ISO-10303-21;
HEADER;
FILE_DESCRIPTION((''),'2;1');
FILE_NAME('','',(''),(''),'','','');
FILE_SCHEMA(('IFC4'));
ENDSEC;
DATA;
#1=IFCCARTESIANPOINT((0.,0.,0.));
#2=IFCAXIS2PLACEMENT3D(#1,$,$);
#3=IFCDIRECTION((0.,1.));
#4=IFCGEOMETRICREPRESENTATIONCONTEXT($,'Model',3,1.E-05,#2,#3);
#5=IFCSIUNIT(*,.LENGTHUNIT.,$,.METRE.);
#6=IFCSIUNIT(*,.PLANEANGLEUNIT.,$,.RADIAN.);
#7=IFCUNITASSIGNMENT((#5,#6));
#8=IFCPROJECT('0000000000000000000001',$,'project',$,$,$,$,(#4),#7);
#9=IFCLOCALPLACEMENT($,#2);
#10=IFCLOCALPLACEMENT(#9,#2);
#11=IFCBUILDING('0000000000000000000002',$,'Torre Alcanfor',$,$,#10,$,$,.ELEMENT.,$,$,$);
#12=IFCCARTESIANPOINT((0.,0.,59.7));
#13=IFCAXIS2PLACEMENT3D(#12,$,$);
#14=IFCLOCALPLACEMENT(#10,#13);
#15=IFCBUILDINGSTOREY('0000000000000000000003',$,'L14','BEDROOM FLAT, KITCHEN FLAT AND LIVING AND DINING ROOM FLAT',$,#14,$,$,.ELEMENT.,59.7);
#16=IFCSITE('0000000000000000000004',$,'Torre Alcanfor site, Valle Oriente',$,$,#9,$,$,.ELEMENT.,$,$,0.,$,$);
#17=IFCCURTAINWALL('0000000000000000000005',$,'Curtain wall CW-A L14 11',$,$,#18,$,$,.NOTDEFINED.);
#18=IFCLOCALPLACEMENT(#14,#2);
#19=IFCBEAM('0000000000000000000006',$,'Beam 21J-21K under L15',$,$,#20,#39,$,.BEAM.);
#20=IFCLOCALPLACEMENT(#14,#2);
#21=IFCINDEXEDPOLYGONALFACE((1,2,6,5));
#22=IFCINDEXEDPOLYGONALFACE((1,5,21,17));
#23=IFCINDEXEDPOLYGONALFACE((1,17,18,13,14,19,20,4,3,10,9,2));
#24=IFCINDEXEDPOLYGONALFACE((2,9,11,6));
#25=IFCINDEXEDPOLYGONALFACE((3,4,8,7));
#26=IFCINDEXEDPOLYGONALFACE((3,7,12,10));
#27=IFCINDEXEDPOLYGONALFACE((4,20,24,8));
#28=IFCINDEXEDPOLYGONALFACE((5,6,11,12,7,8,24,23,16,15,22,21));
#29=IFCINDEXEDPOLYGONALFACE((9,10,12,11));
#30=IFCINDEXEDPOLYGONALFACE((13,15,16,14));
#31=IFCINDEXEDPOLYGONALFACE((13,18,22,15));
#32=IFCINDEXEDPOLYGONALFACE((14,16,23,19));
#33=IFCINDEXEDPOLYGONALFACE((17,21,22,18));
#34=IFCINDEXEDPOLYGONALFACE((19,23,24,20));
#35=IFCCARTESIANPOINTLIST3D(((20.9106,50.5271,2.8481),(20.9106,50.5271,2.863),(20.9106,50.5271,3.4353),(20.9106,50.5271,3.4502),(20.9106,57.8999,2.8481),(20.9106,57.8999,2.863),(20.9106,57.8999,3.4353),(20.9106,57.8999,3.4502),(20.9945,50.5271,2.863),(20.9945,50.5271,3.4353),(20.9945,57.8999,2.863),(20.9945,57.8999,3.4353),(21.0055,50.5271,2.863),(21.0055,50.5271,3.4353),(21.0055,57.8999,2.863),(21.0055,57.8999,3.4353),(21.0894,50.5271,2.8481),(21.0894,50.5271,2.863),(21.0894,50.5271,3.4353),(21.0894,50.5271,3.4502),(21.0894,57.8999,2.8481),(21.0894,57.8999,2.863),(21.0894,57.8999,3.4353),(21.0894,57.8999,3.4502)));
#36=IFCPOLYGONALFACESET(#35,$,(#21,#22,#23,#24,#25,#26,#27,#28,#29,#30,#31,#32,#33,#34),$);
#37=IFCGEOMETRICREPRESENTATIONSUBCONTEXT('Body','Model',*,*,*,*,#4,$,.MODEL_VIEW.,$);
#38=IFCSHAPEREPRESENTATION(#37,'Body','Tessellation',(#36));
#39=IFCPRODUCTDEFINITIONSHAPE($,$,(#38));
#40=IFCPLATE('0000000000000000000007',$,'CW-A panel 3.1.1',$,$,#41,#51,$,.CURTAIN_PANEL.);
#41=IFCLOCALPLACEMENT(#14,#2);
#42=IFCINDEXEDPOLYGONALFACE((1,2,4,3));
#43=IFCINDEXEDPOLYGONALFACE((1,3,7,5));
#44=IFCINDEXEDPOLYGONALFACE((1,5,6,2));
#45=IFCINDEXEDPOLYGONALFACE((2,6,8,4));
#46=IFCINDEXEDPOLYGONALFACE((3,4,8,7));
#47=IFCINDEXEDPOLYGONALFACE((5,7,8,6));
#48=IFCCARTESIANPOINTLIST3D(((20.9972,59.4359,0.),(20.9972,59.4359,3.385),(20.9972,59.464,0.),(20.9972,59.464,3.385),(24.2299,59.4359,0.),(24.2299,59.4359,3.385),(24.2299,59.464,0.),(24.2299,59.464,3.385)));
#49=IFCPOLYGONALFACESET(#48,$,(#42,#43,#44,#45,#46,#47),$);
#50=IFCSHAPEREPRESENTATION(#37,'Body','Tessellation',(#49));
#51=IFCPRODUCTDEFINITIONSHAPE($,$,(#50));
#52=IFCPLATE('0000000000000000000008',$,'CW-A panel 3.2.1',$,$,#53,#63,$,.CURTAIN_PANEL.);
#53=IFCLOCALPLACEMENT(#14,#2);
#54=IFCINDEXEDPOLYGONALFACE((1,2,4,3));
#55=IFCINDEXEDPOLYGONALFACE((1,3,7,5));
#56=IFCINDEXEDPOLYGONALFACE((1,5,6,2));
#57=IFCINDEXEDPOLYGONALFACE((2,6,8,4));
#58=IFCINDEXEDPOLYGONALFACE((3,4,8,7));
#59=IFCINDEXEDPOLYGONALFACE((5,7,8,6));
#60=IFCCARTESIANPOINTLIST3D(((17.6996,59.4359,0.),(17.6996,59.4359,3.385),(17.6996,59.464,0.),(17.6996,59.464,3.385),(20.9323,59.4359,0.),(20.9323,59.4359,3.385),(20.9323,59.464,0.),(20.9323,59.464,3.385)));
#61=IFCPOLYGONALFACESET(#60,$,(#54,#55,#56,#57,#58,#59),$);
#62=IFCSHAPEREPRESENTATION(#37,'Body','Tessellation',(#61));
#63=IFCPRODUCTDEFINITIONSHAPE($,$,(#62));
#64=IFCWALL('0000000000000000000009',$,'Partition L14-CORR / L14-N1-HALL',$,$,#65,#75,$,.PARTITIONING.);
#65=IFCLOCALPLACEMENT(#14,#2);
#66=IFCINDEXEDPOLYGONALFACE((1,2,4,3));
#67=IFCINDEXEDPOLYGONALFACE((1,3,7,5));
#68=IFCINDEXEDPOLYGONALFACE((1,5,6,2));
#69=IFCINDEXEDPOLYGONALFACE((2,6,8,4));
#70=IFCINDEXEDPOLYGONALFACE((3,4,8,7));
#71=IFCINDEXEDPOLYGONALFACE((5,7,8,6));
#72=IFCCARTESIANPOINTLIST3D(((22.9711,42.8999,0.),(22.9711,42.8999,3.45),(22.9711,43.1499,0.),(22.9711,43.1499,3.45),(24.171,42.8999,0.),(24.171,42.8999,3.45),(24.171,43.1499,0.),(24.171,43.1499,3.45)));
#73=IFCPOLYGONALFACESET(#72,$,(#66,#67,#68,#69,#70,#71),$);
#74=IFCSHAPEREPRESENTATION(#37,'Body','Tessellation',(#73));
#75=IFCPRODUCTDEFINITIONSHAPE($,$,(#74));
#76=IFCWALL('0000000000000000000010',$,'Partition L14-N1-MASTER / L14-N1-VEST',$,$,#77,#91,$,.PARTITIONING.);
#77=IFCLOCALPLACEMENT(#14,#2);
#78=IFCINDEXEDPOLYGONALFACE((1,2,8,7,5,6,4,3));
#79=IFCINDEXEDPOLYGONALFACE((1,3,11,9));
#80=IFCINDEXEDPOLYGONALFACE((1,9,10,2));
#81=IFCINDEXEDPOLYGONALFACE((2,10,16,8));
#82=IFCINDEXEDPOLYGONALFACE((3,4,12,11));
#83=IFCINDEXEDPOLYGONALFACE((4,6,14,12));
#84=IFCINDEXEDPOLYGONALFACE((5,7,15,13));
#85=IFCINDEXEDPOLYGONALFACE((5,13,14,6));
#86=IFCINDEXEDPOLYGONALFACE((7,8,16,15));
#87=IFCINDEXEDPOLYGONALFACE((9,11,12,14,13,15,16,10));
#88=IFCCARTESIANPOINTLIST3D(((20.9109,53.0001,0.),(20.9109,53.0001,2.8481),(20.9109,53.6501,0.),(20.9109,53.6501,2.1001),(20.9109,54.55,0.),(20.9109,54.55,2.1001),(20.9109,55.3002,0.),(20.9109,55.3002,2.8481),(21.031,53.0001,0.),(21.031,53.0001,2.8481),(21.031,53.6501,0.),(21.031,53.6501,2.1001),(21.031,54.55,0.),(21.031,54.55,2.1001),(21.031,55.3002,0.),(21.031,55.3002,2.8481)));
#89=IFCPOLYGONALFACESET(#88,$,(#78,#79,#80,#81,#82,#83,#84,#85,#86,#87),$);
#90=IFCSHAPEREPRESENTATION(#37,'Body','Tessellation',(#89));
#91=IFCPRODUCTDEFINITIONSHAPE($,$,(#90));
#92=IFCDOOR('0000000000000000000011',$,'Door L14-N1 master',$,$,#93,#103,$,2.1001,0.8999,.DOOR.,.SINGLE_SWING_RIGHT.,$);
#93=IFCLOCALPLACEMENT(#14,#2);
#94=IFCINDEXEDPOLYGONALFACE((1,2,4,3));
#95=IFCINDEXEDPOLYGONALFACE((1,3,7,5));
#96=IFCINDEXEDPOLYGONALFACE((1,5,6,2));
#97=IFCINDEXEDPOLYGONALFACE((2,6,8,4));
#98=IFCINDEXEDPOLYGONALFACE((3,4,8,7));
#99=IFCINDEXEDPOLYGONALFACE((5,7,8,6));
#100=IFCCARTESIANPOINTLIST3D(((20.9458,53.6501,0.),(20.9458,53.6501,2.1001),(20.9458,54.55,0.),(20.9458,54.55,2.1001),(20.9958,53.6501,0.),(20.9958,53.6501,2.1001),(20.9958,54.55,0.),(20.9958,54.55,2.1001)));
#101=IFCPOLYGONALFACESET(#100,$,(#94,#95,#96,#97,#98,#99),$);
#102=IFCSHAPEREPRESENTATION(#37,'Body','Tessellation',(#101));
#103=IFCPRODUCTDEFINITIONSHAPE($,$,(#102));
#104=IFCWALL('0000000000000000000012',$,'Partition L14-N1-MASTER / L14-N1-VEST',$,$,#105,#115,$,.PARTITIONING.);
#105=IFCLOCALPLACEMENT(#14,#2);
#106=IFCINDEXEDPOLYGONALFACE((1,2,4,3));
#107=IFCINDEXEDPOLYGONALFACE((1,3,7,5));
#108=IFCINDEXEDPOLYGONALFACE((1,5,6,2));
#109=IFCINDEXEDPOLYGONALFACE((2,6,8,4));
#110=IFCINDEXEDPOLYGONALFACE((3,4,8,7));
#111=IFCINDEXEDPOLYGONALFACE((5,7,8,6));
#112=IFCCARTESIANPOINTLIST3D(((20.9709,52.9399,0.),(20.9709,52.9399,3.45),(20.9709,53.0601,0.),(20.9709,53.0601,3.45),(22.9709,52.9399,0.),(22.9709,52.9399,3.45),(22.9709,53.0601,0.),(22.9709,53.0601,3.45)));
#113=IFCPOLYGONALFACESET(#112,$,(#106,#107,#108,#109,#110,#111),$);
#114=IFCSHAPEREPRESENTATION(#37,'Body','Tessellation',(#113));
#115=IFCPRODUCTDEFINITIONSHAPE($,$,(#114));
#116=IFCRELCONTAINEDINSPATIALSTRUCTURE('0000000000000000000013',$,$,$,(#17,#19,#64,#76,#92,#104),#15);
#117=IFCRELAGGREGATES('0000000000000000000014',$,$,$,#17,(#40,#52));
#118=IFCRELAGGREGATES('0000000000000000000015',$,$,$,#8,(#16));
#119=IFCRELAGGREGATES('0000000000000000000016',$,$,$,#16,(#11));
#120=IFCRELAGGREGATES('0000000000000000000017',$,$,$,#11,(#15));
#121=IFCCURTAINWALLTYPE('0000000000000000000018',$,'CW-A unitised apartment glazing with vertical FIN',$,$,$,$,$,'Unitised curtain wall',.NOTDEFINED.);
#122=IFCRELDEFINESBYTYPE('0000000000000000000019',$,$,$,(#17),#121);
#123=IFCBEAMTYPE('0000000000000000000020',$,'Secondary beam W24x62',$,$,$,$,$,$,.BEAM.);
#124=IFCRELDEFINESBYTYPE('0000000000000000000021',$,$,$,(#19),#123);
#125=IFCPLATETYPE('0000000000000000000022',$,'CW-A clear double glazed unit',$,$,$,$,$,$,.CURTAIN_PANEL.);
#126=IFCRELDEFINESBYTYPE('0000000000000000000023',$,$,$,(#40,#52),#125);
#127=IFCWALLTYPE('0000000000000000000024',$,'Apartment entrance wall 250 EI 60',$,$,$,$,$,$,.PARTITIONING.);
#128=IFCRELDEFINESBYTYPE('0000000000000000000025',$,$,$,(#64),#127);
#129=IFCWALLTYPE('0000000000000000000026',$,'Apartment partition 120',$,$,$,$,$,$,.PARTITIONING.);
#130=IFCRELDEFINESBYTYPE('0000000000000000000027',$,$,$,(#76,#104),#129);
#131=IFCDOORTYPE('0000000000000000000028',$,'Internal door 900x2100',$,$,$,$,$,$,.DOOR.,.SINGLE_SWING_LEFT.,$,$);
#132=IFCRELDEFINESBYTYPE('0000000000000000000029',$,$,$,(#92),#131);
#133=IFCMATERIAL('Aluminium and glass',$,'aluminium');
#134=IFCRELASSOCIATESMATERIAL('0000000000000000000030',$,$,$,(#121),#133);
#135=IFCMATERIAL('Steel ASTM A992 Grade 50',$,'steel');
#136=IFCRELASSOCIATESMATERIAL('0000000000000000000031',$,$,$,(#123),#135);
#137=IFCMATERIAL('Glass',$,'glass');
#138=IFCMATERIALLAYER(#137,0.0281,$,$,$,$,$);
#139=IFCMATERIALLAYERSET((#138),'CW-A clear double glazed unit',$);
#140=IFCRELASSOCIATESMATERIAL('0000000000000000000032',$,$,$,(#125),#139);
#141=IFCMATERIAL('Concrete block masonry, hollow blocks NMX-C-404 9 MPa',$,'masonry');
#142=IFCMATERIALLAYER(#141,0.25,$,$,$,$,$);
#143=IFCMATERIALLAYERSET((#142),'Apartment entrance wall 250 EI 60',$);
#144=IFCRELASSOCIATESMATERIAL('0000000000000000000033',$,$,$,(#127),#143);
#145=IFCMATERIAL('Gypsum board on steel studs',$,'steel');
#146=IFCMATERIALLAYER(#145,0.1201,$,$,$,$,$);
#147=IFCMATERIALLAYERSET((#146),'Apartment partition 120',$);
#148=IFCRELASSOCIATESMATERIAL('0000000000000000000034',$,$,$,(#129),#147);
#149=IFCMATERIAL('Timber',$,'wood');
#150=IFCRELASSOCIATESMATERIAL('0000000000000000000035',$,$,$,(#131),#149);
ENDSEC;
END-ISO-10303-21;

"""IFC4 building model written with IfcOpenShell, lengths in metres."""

from ifc_helpers import new_model, si_unit, direction, frame, frame_2d, origin, origin_2d, place, context, subcontext, project, spatial, rectangle, i_section, extrude, material, layer, layer_set, material_profile, profile_set, type_object, element, fill, aggregate, save


model = new_model("IFC4")

# Units and contexts
model_context = context("Model", 3, precision=1e-05, world=origin(), true_north=direction((0.0, 1.0)))
body_context = subcontext(model_context, "Body", "Model", "MODEL_VIEW")
ifc_project = project(units=[si_unit("LENGTHUNIT", "METRE"), si_unit("PLANEANGLEUNIT", "RADIAN")], contexts=[model_context])

# Site, building, storey
site_placement = place(None, origin())
site = spatial("IfcSite", under=ifc_project, at=site_placement, Name="Torre Alcanfor site, Valle Oriente", CompositionType="ELEMENT", RefElevation=0.0)
building_placement = place(site_placement, origin())
building = spatial("IfcBuilding", under=site, at=building_placement, Name="Torre Alcanfor", CompositionType="ELEMENT")
storey_placement = place(building_placement, frame((0.0, 0.0, 59.7)))
storey = spatial("IfcBuildingStorey", under=building, at=storey_placement, Name="L14", Description="BEDROOM FLAT, KITCHEN FLAT AND LIVING AND DINING ROOM FLAT", CompositionType="ELEMENT", Elevation=59.7)

# Curtain wall
ifc_material_1 = material(Name="Aluminium and glass", Category="aluminium")
curtain_wall_type = type_object("IfcCurtainWallType", Name="CW-A unitised apartment glazing with vertical FIN", ElementType="Unitised curtain wall", PredefinedType="NOTDEFINED", material=ifc_material_1)
curtain_wall_placement = place(storey_placement, origin())
curtain_wall = element("IfcCurtainWall", 1, at=curtain_wall_placement, inside=storey, type_object=curtain_wall_type, Name="Curtain wall CW-A L14 11", PredefinedType="NOTDEFINED")

# Beam
ifc_material_2 = material(Name="Steel ASTM A992 Grade 50", Category="steel")
ifc_material_profile_1 = material_profile(ifc_material_2, i_section(OverallWidth=0.1787, OverallDepth=0.6021, WebThickness=0.011, FlangeThickness=0.0149, at=origin_2d()), Name="W24x62")
ifc_profile_set_1 = profile_set([ifc_material_profile_1], Name="Steel ASTM A992 Grade 50")
beam_type_1 = type_object("IfcBeamType", Name="Secondary beam W24x62", PredefinedType="BEAM", material=ifc_profile_set_1)
beam_1_placement = place(storey_placement, frame((21.0, 50.5271, 3.1492), z_axis=(0.0, 1.0, 0.0), x_axis=(-1.0, 0.0, 0.0)))
element("IfcBeam", 2, at=beam_1_placement, inside=storey, type_object=beam_type_1, Name="Beam 21J-21K under L15", PredefinedType="BEAM", context=body_context, shape_type="SweptSolid", body=[
    extrude(i_section(OverallWidth=0.1787, OverallDepth=0.6021, WebThickness=0.011, FlangeThickness=0.0149, at=origin_2d()), origin(), (0.0, 0.0, 1.0), 7.3728),
])

# Plates
ifc_material_3 = material(Name="Glass", Category="glass")
ifc_layer_1 = layer(ifc_material_3, 0.0281)
ifc_layer_set_1 = layer_set([ifc_layer_1], Name="CW-A clear double glazed unit")
plate_type = type_object("IfcPlateType", Name="CW-A clear double glazed unit", PredefinedType="CURTAIN_PANEL", material=ifc_layer_set_1)
plate_1_placement = place(storey_placement, frame((22.6135, 59.45, 0.0), z_axis=(0.0, 0.0, 1.0), x_axis=(-1.0, 0.0, 0.0)))
plate_1 = element("IfcPlate", 3, at=plate_1_placement, type_object=plate_type, Name="CW-A panel 3.1.1", PredefinedType="CURTAIN_PANEL", context=body_context, shape_type="SweptSolid", body=[
    extrude(rectangle(XDim=3.2327, YDim=0.0281, at=origin_2d()), origin(), (0.0, 0.0, 1.0), 3.385),
])
plate_2_placement = place(storey_placement, frame((19.3159, 59.45, 0.0), z_axis=(0.0, 0.0, 1.0), x_axis=(-1.0, 0.0, 0.0)))
plate_2 = element("IfcPlate", 4, at=plate_2_placement, type_object=plate_type, Name="CW-A panel 3.2.1", PredefinedType="CURTAIN_PANEL", context=body_context, shape_type="SweptSolid", body=[
    extrude(rectangle(XDim=3.2327, YDim=0.0281, at=origin_2d()), origin(), (0.0, 0.0, 1.0), 3.385),
])
aggregate(curtain_wall, [plate_1, plate_2])

# Wall
ifc_material_4 = material(Name="Concrete block masonry, hollow blocks NMX-C-404 9 MPa", Category="masonry")
ifc_layer_2 = layer(ifc_material_4, 0.25)
ifc_layer_set_2 = layer_set([ifc_layer_2], Name="Apartment entrance wall 250 EI 60")
wall_type_1 = type_object("IfcWallType", Name="Apartment entrance wall 250 EI 60", PredefinedType="PARTITIONING", material=ifc_layer_set_2)
wall_1_placement = place(storey_placement, frame((22.9709, 43.0249, 0.0), z_axis=(0.0, 0.0, 1.0), x_axis=(1.0, 0.0, 0.0)))
element("IfcWall", 5, at=wall_1_placement, inside=storey, type_object=wall_type_1, Name="Partition L14-CORR / L14-N1-HALL", PredefinedType="PARTITIONING", context=body_context, shape_type="SweptSolid", body=[
    extrude(rectangle(XDim=1.2, YDim=0.25, at=frame_2d((0.6001, 0.0))), origin(), (0.0, 0.0, 1.0), 3.45),
])

# Wall, opening, door
ifc_material_5 = material(Name="Gypsum board on steel studs", Category="steel")
ifc_layer_3 = layer(ifc_material_5, 0.1201)
ifc_layer_set_3 = layer_set([ifc_layer_3], Name="Apartment partition 120")
wall_type_2 = type_object("IfcWallType", Name="Apartment partition 120", PredefinedType="PARTITIONING", material=ifc_layer_set_3)
wall_2_placement = place(storey_placement, frame((20.9709, 55.3, 0.0), z_axis=(0.0, 0.0, 1.0), x_axis=(0.0, -1.0, 0.0)))
wall_2 = element("IfcWall", 6, at=wall_2_placement, inside=storey, type_object=wall_type_2, Name="Partition L14-N1-MASTER / L14-N1-VEST", PredefinedType="PARTITIONING", context=body_context, shape_type="SweptSolid", body=[
    extrude(rectangle(XDim=2.3, YDim=0.1201, at=frame_2d((1.1499, 0.0))), origin(), (0.0, 0.0, 1.0), 2.8481),
])
opening_placement = place(wall_2_placement, frame((0.75, 0.0, 0.0)))
opening = element("IfcOpeningElement", 7, at=opening_placement, cuts=wall_2, PredefinedType="OPENING", context=body_context, shape_type="SweptSolid", body=[
    extrude(rectangle(XDim=0.8999, YDim=2.1001, at=frame_2d((0.45, 1.05))), frame((0.0, 0.0701, 0.0), z_axis=(0.0, -1.0, 0.0), x_axis=(1.0, 0.0, 0.0)), (0.0, 0.0, 1.0), 0.1401),
])
ifc_material_6 = material(Name="Timber", Category="wood")
door_type = type_object("IfcDoorType", Name="Internal door 900x2100", OperationType="SINGLE_SWING_LEFT", PredefinedType="DOOR", material=ifc_material_6)
door_placement = place(opening_placement, origin())
door = element("IfcDoor", 8, at=door_placement, inside=storey, type_object=door_type, Name="Door L14-N1 master", OperationType="SINGLE_SWING_RIGHT", OverallHeight=2.1001, OverallWidth=0.8999, PredefinedType="DOOR", context=body_context, shape_type="SweptSolid", body=[
    extrude(rectangle(XDim=0.8999, YDim=2.1001, at=frame_2d((0.45, 1.05))), frame((0.0, 0.0249, 0.0), z_axis=(0.0, -1.0, 0.0), x_axis=(1.0, 0.0, 0.0)), (0.0, 0.0, 1.0), 0.05),
])
fill(opening, door)

# Wall
wall_3_placement = place(storey_placement, frame((20.9709, 53.0, 0.0), z_axis=(0.0, 0.0, 1.0), x_axis=(1.0, 0.0, 0.0)))
element("IfcWall", 9, at=wall_3_placement, inside=storey, type_object=wall_type_2, Name="Partition L14-N1-MASTER / L14-N1-VEST", PredefinedType="PARTITIONING", context=body_context, shape_type="SweptSolid", body=[
    extrude(rectangle(XDim=2.0, YDim=0.1201, at=frame_2d((1.0, 0.0))), origin(), (0.0, 0.0, 1.0), 3.45),
])

save(model, "model.ifc")
